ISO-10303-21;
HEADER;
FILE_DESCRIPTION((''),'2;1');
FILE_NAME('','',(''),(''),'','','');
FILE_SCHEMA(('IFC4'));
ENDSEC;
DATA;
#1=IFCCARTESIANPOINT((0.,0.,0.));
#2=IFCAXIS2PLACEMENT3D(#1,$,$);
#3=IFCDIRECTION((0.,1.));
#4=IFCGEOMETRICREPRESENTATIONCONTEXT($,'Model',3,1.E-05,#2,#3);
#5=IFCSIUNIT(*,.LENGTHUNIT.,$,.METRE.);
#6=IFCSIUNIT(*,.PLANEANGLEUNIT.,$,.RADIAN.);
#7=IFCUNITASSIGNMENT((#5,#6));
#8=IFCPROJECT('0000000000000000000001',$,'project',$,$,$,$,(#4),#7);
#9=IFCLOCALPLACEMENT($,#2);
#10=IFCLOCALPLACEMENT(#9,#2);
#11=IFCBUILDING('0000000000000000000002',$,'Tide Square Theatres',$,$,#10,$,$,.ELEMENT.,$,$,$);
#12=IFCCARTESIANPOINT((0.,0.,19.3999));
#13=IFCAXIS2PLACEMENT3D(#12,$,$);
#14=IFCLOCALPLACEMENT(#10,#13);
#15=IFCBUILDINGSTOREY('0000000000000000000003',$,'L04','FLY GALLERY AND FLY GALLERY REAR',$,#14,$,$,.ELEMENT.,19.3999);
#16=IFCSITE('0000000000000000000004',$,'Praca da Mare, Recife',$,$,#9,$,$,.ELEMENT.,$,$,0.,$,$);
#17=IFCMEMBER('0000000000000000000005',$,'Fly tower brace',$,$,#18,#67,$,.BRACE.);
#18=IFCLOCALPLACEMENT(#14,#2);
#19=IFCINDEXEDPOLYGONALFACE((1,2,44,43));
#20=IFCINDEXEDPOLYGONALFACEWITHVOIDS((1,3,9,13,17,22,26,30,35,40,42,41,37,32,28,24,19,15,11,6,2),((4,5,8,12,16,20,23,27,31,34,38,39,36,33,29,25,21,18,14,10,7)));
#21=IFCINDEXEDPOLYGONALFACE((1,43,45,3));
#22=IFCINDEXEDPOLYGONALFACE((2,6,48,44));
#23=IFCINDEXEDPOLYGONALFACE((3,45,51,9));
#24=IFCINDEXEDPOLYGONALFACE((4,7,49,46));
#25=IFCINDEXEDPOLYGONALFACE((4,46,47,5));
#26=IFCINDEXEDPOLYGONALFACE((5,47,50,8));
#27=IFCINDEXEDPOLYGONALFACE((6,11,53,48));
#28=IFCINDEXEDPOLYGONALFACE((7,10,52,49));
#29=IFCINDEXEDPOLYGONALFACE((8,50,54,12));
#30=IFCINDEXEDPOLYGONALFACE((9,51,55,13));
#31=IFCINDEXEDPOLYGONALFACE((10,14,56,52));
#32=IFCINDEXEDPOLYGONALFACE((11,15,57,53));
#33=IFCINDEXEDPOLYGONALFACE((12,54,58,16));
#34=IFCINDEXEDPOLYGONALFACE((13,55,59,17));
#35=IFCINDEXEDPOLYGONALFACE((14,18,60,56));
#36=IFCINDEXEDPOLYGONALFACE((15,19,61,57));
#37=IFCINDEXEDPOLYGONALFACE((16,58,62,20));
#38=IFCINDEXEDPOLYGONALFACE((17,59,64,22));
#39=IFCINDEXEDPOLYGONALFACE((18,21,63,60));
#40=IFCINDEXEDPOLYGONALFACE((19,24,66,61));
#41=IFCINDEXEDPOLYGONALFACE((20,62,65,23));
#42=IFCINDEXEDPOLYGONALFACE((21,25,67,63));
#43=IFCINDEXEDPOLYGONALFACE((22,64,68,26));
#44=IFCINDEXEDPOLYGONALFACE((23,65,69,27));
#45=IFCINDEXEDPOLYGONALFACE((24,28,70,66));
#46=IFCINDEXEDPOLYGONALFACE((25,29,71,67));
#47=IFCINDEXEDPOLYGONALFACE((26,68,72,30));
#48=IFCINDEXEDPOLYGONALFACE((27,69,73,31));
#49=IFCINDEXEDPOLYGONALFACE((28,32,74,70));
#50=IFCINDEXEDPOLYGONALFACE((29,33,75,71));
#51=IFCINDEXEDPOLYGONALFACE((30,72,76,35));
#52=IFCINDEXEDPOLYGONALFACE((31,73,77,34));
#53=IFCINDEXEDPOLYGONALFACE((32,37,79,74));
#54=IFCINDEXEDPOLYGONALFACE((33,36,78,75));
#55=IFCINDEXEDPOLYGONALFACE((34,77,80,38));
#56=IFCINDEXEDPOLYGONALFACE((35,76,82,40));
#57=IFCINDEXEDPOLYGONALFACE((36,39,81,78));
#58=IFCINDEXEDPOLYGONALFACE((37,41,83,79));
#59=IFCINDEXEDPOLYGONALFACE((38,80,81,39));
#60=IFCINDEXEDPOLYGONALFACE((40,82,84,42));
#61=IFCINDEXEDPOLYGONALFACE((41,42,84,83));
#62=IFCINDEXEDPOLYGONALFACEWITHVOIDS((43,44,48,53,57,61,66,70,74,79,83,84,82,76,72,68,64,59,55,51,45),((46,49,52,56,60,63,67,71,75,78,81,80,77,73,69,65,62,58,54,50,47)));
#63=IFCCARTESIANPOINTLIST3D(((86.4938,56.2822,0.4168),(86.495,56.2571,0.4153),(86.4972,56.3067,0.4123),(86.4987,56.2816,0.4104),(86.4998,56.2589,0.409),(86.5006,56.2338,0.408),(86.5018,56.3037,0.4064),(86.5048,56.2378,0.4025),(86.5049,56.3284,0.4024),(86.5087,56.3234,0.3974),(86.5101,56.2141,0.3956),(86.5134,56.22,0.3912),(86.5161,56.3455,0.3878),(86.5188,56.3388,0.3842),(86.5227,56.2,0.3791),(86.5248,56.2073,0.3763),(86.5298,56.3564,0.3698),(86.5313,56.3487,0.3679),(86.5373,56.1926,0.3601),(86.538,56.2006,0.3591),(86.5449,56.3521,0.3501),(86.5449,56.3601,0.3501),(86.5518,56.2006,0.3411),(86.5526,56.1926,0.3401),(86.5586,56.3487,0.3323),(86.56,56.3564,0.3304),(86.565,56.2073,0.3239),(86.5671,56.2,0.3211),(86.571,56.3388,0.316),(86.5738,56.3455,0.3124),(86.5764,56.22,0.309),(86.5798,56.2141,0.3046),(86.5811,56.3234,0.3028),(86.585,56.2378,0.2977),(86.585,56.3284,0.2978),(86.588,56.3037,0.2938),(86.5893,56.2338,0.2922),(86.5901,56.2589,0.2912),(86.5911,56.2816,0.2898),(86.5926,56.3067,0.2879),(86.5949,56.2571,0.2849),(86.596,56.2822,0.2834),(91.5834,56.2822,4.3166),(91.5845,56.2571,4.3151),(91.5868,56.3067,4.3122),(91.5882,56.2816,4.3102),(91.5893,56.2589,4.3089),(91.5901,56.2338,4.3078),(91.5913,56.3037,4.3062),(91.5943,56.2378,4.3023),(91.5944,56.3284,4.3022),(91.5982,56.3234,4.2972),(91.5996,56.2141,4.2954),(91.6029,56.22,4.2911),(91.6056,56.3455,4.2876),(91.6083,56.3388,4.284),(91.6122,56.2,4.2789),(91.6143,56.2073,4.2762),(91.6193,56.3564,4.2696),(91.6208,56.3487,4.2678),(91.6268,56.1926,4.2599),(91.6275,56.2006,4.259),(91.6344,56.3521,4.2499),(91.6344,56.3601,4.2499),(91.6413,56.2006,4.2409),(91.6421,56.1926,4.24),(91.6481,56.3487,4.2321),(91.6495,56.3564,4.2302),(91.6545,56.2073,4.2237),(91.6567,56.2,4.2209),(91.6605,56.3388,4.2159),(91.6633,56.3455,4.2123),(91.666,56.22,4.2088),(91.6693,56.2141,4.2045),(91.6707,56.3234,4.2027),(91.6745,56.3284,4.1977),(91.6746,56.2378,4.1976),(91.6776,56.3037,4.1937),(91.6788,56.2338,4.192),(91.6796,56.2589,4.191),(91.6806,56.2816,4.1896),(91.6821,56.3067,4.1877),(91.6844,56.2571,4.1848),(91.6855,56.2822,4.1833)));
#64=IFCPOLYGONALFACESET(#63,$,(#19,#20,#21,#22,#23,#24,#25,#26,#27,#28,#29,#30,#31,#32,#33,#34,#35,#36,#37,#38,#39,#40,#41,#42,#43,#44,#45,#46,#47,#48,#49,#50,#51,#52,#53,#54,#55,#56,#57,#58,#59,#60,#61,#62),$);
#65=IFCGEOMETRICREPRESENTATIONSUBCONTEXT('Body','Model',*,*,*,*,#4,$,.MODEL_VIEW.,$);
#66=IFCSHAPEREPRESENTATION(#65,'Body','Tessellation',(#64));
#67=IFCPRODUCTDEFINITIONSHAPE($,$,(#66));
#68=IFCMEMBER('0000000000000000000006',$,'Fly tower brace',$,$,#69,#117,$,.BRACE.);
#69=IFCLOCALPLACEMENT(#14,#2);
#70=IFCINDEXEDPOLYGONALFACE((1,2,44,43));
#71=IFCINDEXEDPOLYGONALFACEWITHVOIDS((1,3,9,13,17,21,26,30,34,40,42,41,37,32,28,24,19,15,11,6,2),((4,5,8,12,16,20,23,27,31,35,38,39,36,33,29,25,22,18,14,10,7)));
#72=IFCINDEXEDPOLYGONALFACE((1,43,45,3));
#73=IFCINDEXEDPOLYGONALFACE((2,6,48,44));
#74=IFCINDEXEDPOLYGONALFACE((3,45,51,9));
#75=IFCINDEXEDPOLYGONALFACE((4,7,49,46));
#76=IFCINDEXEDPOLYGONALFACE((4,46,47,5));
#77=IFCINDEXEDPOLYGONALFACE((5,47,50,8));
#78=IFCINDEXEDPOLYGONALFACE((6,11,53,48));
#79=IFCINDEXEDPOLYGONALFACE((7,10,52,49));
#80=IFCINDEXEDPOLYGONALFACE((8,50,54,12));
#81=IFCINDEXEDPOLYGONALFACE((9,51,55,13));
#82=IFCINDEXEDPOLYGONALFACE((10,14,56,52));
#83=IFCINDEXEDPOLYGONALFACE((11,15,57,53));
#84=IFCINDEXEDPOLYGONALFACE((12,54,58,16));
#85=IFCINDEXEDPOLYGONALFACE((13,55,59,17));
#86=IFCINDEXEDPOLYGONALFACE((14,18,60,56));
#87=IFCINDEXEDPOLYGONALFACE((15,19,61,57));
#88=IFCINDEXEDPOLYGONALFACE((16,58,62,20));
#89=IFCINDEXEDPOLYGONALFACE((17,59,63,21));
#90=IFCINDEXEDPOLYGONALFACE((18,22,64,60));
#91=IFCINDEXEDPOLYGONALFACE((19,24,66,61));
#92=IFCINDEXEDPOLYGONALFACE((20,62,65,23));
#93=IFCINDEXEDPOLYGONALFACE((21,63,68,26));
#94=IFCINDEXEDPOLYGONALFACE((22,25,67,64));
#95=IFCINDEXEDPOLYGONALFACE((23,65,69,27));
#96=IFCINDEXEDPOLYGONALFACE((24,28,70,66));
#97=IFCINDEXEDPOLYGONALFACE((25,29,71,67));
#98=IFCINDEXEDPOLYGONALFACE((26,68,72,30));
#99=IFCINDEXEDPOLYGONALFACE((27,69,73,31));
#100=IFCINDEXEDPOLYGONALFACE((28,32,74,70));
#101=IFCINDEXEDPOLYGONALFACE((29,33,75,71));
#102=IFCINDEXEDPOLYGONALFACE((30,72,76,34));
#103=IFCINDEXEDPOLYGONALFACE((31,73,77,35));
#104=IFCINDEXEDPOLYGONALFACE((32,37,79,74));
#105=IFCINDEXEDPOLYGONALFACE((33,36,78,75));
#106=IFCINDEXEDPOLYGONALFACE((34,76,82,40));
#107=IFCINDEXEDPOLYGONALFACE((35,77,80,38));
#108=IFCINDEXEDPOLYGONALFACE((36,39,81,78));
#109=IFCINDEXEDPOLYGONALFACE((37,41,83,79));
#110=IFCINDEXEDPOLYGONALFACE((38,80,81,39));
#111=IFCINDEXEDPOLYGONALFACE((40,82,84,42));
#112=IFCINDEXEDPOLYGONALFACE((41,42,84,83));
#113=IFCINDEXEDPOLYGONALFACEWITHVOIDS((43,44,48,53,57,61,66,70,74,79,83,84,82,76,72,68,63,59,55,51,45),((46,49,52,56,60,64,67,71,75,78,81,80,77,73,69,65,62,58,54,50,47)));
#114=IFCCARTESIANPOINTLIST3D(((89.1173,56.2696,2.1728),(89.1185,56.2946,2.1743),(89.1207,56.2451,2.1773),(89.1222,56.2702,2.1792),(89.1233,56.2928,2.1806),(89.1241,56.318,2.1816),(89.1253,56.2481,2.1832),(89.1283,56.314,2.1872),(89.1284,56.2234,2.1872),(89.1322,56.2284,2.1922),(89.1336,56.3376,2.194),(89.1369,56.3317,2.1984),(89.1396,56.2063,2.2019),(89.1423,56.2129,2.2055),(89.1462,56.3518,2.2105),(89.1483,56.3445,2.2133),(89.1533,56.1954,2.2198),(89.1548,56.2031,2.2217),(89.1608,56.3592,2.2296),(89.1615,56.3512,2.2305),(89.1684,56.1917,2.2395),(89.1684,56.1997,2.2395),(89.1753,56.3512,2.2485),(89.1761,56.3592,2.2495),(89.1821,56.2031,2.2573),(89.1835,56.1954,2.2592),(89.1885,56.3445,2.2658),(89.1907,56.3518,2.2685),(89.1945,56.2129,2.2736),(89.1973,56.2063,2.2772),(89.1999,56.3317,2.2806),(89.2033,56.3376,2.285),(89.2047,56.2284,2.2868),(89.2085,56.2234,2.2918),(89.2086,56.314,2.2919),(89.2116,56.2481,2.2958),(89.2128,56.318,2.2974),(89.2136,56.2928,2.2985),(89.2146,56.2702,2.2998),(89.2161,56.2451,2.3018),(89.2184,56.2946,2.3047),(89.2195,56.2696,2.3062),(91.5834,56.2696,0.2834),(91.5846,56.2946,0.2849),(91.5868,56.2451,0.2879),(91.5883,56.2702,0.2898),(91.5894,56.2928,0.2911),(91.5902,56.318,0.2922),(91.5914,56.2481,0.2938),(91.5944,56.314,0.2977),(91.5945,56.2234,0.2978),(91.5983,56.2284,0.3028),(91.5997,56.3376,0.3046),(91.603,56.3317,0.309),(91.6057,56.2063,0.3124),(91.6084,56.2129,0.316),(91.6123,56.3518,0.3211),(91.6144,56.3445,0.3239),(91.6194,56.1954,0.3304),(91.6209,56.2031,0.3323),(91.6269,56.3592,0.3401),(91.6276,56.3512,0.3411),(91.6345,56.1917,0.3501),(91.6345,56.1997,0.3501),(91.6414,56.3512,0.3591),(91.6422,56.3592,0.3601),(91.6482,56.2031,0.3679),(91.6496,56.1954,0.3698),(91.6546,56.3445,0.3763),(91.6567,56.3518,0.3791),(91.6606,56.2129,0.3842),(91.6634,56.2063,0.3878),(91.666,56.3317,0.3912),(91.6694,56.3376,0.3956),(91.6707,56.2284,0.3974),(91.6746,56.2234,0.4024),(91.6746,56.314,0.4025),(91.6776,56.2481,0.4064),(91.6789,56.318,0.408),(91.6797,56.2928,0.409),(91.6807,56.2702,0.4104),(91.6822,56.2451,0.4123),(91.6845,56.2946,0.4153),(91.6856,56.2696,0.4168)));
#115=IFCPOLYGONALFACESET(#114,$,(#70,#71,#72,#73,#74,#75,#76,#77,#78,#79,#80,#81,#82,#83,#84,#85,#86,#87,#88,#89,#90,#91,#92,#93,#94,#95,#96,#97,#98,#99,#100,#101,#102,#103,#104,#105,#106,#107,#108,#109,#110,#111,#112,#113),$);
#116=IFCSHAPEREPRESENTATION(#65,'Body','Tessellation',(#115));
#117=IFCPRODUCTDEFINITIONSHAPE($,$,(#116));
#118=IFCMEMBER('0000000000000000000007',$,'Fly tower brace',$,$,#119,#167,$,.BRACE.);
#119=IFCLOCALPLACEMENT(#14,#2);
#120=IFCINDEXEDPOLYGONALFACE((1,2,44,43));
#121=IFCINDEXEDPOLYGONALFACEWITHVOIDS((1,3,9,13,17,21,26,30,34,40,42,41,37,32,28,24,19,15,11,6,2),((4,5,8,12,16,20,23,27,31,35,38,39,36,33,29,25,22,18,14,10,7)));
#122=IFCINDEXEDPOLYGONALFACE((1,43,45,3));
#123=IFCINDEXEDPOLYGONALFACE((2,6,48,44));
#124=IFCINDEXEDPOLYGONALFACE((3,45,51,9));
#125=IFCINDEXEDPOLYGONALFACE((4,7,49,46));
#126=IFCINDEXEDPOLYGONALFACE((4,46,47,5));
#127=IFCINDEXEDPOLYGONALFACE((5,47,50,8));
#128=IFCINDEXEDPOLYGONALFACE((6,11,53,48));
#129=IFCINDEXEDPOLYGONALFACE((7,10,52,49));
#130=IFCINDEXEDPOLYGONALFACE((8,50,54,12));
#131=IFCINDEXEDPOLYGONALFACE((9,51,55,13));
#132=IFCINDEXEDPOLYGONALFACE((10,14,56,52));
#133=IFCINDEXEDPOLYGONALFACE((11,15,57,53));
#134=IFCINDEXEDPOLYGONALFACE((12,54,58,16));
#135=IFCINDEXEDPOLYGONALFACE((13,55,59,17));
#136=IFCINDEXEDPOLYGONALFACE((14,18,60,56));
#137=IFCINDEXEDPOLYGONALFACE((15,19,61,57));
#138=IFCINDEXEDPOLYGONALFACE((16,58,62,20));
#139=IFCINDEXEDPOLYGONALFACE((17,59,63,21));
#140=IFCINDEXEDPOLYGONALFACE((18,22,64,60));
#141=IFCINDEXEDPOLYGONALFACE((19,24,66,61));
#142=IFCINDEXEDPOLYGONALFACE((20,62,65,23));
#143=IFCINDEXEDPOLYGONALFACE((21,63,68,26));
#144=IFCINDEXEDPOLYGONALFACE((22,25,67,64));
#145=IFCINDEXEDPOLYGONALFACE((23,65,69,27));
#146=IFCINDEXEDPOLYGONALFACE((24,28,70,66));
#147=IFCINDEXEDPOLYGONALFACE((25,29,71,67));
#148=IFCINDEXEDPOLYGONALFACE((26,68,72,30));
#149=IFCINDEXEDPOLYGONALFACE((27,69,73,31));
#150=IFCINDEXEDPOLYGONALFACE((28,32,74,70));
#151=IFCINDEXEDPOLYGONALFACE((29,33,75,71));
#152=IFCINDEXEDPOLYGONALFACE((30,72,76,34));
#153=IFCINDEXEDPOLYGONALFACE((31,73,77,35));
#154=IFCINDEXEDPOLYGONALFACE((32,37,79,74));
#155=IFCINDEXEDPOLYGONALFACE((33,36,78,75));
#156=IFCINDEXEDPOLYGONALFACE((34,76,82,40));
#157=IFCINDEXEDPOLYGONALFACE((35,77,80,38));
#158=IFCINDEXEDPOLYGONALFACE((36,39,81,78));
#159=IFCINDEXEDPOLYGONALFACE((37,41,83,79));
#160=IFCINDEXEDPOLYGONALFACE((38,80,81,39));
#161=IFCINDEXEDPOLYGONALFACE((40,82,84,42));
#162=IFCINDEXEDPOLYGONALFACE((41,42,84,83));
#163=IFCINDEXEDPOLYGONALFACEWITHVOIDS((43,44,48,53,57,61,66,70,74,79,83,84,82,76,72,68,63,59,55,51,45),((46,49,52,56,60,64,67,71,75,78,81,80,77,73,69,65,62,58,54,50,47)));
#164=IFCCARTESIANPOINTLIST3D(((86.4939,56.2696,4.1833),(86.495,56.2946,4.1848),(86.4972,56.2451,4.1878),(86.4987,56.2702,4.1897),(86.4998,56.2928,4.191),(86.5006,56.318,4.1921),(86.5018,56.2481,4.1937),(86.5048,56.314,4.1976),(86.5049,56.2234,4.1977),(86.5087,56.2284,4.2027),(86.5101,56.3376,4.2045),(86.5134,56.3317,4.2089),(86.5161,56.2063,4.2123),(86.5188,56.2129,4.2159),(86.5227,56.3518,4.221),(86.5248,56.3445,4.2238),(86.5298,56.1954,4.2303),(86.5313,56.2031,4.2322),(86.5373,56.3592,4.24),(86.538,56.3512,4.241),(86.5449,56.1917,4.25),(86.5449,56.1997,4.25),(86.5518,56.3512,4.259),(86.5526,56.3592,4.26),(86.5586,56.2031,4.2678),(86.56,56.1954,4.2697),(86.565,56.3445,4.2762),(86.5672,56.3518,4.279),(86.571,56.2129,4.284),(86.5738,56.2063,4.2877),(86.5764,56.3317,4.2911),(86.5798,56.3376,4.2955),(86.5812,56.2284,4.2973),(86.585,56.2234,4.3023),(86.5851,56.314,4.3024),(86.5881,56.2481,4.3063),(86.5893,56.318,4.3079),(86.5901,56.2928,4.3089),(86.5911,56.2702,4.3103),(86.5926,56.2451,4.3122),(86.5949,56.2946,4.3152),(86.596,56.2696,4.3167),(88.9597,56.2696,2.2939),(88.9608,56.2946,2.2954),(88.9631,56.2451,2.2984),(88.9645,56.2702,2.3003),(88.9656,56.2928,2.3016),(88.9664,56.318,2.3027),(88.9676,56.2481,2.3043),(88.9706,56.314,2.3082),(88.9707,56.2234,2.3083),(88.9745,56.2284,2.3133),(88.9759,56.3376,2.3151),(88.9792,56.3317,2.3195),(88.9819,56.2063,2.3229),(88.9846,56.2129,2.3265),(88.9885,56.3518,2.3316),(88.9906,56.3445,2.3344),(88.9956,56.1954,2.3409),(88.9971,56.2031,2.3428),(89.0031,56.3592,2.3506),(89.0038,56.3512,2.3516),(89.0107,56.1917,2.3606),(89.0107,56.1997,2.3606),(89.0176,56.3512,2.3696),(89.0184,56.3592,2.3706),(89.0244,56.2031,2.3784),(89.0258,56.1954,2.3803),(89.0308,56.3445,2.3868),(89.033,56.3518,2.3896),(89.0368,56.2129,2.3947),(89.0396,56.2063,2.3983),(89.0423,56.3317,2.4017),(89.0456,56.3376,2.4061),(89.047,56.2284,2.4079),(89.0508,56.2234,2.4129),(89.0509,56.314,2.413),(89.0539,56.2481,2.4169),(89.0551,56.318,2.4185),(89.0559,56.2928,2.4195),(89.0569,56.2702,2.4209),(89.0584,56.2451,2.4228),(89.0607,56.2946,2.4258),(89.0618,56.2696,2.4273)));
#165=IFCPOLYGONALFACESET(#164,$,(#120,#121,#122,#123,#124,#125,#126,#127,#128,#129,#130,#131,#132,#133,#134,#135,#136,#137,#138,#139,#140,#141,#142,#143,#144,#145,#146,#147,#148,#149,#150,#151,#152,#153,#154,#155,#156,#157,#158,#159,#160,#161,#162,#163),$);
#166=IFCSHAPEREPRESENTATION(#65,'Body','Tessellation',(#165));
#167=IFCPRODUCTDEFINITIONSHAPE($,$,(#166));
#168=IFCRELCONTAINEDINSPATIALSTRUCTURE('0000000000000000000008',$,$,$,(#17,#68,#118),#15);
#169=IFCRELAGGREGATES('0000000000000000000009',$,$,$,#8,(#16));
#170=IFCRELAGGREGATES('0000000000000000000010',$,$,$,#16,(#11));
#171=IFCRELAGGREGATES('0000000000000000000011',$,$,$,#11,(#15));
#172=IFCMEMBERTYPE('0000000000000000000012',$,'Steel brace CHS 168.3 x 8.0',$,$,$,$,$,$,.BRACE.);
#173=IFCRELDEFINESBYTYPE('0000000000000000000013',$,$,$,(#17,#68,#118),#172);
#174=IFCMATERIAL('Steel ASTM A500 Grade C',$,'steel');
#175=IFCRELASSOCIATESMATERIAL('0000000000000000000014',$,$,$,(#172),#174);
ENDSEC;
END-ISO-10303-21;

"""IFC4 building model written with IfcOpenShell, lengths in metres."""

from ifc_helpers import new_model, si_unit, direction, frame, origin, origin_2d, place, context, subcontext, project, spatial, hollow_circle, extrude, material, material_profile, profile_set, type_object, element, save


model = new_model("IFC4")

# Units and contexts
model_context = context("Model", 3, precision=1e-05, world=origin(), true_north=direction((0.0, 1.0)))
body_context = subcontext(model_context, "Body", "Model", "MODEL_VIEW")
ifc_project = project(units=[si_unit("LENGTHUNIT", "METRE"), si_unit("PLANEANGLEUNIT", "RADIAN")], contexts=[model_context])

# Site, building, storey
site_placement = place(None, origin())
site = spatial("IfcSite", under=ifc_project, at=site_placement, Name="Praca da Mare, Recife", CompositionType="ELEMENT", RefElevation=0.0)
building_placement = place(site_placement, origin())
building = spatial("IfcBuilding", under=site, at=building_placement, Name="Tide Square Theatres", CompositionType="ELEMENT")
storey_placement = place(building_placement, frame((0.0, 0.0, 19.3999)))
storey = spatial("IfcBuildingStorey", under=building, at=storey_placement, Name="L04", Description="FLY GALLERY AND FLY GALLERY REAR", CompositionType="ELEMENT", Elevation=19.3999)

# Members
ifc_material_1 = material(Name="Steel ASTM A500 Grade C", Category="steel")
ifc_material_profile_1 = material_profile(ifc_material_1, hollow_circle(Radius=0.0842, WallThickness=0.0081, at=origin_2d()))
ifc_profile_set_1 = profile_set([ifc_material_profile_1], Name="Steel ASTM A500 Grade C")
member_type = type_object("IfcMemberType", Name="Steel brace CHS 168.3 x 8.0", PredefinedType="BRACE", material=ifc_profile_set_1)
member_1_placement = place(storey_placement, frame((86.5449, 56.2759, 0.3501), z_axis=(0.793766, 0.0, 0.608223), x_axis=(0.0, 1.0, 0.0)))
element("IfcMember", 1, at=member_1_placement, inside=storey, type_object=member_type, Name="Fly tower brace", PredefinedType="BRACE", context=body_context, shape_type="SweptSolid", body=[
    extrude(hollow_circle(Radius=0.0842, WallThickness=0.0081, at=origin_2d()), origin(), (0.0, 0.0, 1.0), 6.4119),
])
member_2_placement = place(storey_placement, frame((91.6345, 56.2759, 0.3501), z_axis=(-0.7938, 0.0, 0.608179), x_axis=(0.0, -1.0, 0.0)))
element("IfcMember", 2, at=member_2_placement, inside=storey, type_object=member_type, Name="Fly tower brace", PredefinedType="BRACE", context=body_context, shape_type="SweptSolid", body=[
    extrude(hollow_circle(Radius=0.0842, WallThickness=0.0081, at=origin_2d()), origin(), (0.0, 0.0, 1.0), 3.1067),
])
member_3_placement = place(storey_placement, frame((89.0107, 56.2759, 2.3606), z_axis=(-0.793771, 0.0, 0.608217), x_axis=(0.0, -1.0, 0.0)))
element("IfcMember", 3, at=member_3_placement, inside=storey, type_object=member_type, Name="Fly tower brace", PredefinedType="BRACE", context=body_context, shape_type="SweptSolid", body=[
    extrude(hollow_circle(Radius=0.0842, WallThickness=0.0081, at=origin_2d()), origin(), (0.0, 0.0, 1.0), 3.1064),
])

save(model, "model.ifc")
